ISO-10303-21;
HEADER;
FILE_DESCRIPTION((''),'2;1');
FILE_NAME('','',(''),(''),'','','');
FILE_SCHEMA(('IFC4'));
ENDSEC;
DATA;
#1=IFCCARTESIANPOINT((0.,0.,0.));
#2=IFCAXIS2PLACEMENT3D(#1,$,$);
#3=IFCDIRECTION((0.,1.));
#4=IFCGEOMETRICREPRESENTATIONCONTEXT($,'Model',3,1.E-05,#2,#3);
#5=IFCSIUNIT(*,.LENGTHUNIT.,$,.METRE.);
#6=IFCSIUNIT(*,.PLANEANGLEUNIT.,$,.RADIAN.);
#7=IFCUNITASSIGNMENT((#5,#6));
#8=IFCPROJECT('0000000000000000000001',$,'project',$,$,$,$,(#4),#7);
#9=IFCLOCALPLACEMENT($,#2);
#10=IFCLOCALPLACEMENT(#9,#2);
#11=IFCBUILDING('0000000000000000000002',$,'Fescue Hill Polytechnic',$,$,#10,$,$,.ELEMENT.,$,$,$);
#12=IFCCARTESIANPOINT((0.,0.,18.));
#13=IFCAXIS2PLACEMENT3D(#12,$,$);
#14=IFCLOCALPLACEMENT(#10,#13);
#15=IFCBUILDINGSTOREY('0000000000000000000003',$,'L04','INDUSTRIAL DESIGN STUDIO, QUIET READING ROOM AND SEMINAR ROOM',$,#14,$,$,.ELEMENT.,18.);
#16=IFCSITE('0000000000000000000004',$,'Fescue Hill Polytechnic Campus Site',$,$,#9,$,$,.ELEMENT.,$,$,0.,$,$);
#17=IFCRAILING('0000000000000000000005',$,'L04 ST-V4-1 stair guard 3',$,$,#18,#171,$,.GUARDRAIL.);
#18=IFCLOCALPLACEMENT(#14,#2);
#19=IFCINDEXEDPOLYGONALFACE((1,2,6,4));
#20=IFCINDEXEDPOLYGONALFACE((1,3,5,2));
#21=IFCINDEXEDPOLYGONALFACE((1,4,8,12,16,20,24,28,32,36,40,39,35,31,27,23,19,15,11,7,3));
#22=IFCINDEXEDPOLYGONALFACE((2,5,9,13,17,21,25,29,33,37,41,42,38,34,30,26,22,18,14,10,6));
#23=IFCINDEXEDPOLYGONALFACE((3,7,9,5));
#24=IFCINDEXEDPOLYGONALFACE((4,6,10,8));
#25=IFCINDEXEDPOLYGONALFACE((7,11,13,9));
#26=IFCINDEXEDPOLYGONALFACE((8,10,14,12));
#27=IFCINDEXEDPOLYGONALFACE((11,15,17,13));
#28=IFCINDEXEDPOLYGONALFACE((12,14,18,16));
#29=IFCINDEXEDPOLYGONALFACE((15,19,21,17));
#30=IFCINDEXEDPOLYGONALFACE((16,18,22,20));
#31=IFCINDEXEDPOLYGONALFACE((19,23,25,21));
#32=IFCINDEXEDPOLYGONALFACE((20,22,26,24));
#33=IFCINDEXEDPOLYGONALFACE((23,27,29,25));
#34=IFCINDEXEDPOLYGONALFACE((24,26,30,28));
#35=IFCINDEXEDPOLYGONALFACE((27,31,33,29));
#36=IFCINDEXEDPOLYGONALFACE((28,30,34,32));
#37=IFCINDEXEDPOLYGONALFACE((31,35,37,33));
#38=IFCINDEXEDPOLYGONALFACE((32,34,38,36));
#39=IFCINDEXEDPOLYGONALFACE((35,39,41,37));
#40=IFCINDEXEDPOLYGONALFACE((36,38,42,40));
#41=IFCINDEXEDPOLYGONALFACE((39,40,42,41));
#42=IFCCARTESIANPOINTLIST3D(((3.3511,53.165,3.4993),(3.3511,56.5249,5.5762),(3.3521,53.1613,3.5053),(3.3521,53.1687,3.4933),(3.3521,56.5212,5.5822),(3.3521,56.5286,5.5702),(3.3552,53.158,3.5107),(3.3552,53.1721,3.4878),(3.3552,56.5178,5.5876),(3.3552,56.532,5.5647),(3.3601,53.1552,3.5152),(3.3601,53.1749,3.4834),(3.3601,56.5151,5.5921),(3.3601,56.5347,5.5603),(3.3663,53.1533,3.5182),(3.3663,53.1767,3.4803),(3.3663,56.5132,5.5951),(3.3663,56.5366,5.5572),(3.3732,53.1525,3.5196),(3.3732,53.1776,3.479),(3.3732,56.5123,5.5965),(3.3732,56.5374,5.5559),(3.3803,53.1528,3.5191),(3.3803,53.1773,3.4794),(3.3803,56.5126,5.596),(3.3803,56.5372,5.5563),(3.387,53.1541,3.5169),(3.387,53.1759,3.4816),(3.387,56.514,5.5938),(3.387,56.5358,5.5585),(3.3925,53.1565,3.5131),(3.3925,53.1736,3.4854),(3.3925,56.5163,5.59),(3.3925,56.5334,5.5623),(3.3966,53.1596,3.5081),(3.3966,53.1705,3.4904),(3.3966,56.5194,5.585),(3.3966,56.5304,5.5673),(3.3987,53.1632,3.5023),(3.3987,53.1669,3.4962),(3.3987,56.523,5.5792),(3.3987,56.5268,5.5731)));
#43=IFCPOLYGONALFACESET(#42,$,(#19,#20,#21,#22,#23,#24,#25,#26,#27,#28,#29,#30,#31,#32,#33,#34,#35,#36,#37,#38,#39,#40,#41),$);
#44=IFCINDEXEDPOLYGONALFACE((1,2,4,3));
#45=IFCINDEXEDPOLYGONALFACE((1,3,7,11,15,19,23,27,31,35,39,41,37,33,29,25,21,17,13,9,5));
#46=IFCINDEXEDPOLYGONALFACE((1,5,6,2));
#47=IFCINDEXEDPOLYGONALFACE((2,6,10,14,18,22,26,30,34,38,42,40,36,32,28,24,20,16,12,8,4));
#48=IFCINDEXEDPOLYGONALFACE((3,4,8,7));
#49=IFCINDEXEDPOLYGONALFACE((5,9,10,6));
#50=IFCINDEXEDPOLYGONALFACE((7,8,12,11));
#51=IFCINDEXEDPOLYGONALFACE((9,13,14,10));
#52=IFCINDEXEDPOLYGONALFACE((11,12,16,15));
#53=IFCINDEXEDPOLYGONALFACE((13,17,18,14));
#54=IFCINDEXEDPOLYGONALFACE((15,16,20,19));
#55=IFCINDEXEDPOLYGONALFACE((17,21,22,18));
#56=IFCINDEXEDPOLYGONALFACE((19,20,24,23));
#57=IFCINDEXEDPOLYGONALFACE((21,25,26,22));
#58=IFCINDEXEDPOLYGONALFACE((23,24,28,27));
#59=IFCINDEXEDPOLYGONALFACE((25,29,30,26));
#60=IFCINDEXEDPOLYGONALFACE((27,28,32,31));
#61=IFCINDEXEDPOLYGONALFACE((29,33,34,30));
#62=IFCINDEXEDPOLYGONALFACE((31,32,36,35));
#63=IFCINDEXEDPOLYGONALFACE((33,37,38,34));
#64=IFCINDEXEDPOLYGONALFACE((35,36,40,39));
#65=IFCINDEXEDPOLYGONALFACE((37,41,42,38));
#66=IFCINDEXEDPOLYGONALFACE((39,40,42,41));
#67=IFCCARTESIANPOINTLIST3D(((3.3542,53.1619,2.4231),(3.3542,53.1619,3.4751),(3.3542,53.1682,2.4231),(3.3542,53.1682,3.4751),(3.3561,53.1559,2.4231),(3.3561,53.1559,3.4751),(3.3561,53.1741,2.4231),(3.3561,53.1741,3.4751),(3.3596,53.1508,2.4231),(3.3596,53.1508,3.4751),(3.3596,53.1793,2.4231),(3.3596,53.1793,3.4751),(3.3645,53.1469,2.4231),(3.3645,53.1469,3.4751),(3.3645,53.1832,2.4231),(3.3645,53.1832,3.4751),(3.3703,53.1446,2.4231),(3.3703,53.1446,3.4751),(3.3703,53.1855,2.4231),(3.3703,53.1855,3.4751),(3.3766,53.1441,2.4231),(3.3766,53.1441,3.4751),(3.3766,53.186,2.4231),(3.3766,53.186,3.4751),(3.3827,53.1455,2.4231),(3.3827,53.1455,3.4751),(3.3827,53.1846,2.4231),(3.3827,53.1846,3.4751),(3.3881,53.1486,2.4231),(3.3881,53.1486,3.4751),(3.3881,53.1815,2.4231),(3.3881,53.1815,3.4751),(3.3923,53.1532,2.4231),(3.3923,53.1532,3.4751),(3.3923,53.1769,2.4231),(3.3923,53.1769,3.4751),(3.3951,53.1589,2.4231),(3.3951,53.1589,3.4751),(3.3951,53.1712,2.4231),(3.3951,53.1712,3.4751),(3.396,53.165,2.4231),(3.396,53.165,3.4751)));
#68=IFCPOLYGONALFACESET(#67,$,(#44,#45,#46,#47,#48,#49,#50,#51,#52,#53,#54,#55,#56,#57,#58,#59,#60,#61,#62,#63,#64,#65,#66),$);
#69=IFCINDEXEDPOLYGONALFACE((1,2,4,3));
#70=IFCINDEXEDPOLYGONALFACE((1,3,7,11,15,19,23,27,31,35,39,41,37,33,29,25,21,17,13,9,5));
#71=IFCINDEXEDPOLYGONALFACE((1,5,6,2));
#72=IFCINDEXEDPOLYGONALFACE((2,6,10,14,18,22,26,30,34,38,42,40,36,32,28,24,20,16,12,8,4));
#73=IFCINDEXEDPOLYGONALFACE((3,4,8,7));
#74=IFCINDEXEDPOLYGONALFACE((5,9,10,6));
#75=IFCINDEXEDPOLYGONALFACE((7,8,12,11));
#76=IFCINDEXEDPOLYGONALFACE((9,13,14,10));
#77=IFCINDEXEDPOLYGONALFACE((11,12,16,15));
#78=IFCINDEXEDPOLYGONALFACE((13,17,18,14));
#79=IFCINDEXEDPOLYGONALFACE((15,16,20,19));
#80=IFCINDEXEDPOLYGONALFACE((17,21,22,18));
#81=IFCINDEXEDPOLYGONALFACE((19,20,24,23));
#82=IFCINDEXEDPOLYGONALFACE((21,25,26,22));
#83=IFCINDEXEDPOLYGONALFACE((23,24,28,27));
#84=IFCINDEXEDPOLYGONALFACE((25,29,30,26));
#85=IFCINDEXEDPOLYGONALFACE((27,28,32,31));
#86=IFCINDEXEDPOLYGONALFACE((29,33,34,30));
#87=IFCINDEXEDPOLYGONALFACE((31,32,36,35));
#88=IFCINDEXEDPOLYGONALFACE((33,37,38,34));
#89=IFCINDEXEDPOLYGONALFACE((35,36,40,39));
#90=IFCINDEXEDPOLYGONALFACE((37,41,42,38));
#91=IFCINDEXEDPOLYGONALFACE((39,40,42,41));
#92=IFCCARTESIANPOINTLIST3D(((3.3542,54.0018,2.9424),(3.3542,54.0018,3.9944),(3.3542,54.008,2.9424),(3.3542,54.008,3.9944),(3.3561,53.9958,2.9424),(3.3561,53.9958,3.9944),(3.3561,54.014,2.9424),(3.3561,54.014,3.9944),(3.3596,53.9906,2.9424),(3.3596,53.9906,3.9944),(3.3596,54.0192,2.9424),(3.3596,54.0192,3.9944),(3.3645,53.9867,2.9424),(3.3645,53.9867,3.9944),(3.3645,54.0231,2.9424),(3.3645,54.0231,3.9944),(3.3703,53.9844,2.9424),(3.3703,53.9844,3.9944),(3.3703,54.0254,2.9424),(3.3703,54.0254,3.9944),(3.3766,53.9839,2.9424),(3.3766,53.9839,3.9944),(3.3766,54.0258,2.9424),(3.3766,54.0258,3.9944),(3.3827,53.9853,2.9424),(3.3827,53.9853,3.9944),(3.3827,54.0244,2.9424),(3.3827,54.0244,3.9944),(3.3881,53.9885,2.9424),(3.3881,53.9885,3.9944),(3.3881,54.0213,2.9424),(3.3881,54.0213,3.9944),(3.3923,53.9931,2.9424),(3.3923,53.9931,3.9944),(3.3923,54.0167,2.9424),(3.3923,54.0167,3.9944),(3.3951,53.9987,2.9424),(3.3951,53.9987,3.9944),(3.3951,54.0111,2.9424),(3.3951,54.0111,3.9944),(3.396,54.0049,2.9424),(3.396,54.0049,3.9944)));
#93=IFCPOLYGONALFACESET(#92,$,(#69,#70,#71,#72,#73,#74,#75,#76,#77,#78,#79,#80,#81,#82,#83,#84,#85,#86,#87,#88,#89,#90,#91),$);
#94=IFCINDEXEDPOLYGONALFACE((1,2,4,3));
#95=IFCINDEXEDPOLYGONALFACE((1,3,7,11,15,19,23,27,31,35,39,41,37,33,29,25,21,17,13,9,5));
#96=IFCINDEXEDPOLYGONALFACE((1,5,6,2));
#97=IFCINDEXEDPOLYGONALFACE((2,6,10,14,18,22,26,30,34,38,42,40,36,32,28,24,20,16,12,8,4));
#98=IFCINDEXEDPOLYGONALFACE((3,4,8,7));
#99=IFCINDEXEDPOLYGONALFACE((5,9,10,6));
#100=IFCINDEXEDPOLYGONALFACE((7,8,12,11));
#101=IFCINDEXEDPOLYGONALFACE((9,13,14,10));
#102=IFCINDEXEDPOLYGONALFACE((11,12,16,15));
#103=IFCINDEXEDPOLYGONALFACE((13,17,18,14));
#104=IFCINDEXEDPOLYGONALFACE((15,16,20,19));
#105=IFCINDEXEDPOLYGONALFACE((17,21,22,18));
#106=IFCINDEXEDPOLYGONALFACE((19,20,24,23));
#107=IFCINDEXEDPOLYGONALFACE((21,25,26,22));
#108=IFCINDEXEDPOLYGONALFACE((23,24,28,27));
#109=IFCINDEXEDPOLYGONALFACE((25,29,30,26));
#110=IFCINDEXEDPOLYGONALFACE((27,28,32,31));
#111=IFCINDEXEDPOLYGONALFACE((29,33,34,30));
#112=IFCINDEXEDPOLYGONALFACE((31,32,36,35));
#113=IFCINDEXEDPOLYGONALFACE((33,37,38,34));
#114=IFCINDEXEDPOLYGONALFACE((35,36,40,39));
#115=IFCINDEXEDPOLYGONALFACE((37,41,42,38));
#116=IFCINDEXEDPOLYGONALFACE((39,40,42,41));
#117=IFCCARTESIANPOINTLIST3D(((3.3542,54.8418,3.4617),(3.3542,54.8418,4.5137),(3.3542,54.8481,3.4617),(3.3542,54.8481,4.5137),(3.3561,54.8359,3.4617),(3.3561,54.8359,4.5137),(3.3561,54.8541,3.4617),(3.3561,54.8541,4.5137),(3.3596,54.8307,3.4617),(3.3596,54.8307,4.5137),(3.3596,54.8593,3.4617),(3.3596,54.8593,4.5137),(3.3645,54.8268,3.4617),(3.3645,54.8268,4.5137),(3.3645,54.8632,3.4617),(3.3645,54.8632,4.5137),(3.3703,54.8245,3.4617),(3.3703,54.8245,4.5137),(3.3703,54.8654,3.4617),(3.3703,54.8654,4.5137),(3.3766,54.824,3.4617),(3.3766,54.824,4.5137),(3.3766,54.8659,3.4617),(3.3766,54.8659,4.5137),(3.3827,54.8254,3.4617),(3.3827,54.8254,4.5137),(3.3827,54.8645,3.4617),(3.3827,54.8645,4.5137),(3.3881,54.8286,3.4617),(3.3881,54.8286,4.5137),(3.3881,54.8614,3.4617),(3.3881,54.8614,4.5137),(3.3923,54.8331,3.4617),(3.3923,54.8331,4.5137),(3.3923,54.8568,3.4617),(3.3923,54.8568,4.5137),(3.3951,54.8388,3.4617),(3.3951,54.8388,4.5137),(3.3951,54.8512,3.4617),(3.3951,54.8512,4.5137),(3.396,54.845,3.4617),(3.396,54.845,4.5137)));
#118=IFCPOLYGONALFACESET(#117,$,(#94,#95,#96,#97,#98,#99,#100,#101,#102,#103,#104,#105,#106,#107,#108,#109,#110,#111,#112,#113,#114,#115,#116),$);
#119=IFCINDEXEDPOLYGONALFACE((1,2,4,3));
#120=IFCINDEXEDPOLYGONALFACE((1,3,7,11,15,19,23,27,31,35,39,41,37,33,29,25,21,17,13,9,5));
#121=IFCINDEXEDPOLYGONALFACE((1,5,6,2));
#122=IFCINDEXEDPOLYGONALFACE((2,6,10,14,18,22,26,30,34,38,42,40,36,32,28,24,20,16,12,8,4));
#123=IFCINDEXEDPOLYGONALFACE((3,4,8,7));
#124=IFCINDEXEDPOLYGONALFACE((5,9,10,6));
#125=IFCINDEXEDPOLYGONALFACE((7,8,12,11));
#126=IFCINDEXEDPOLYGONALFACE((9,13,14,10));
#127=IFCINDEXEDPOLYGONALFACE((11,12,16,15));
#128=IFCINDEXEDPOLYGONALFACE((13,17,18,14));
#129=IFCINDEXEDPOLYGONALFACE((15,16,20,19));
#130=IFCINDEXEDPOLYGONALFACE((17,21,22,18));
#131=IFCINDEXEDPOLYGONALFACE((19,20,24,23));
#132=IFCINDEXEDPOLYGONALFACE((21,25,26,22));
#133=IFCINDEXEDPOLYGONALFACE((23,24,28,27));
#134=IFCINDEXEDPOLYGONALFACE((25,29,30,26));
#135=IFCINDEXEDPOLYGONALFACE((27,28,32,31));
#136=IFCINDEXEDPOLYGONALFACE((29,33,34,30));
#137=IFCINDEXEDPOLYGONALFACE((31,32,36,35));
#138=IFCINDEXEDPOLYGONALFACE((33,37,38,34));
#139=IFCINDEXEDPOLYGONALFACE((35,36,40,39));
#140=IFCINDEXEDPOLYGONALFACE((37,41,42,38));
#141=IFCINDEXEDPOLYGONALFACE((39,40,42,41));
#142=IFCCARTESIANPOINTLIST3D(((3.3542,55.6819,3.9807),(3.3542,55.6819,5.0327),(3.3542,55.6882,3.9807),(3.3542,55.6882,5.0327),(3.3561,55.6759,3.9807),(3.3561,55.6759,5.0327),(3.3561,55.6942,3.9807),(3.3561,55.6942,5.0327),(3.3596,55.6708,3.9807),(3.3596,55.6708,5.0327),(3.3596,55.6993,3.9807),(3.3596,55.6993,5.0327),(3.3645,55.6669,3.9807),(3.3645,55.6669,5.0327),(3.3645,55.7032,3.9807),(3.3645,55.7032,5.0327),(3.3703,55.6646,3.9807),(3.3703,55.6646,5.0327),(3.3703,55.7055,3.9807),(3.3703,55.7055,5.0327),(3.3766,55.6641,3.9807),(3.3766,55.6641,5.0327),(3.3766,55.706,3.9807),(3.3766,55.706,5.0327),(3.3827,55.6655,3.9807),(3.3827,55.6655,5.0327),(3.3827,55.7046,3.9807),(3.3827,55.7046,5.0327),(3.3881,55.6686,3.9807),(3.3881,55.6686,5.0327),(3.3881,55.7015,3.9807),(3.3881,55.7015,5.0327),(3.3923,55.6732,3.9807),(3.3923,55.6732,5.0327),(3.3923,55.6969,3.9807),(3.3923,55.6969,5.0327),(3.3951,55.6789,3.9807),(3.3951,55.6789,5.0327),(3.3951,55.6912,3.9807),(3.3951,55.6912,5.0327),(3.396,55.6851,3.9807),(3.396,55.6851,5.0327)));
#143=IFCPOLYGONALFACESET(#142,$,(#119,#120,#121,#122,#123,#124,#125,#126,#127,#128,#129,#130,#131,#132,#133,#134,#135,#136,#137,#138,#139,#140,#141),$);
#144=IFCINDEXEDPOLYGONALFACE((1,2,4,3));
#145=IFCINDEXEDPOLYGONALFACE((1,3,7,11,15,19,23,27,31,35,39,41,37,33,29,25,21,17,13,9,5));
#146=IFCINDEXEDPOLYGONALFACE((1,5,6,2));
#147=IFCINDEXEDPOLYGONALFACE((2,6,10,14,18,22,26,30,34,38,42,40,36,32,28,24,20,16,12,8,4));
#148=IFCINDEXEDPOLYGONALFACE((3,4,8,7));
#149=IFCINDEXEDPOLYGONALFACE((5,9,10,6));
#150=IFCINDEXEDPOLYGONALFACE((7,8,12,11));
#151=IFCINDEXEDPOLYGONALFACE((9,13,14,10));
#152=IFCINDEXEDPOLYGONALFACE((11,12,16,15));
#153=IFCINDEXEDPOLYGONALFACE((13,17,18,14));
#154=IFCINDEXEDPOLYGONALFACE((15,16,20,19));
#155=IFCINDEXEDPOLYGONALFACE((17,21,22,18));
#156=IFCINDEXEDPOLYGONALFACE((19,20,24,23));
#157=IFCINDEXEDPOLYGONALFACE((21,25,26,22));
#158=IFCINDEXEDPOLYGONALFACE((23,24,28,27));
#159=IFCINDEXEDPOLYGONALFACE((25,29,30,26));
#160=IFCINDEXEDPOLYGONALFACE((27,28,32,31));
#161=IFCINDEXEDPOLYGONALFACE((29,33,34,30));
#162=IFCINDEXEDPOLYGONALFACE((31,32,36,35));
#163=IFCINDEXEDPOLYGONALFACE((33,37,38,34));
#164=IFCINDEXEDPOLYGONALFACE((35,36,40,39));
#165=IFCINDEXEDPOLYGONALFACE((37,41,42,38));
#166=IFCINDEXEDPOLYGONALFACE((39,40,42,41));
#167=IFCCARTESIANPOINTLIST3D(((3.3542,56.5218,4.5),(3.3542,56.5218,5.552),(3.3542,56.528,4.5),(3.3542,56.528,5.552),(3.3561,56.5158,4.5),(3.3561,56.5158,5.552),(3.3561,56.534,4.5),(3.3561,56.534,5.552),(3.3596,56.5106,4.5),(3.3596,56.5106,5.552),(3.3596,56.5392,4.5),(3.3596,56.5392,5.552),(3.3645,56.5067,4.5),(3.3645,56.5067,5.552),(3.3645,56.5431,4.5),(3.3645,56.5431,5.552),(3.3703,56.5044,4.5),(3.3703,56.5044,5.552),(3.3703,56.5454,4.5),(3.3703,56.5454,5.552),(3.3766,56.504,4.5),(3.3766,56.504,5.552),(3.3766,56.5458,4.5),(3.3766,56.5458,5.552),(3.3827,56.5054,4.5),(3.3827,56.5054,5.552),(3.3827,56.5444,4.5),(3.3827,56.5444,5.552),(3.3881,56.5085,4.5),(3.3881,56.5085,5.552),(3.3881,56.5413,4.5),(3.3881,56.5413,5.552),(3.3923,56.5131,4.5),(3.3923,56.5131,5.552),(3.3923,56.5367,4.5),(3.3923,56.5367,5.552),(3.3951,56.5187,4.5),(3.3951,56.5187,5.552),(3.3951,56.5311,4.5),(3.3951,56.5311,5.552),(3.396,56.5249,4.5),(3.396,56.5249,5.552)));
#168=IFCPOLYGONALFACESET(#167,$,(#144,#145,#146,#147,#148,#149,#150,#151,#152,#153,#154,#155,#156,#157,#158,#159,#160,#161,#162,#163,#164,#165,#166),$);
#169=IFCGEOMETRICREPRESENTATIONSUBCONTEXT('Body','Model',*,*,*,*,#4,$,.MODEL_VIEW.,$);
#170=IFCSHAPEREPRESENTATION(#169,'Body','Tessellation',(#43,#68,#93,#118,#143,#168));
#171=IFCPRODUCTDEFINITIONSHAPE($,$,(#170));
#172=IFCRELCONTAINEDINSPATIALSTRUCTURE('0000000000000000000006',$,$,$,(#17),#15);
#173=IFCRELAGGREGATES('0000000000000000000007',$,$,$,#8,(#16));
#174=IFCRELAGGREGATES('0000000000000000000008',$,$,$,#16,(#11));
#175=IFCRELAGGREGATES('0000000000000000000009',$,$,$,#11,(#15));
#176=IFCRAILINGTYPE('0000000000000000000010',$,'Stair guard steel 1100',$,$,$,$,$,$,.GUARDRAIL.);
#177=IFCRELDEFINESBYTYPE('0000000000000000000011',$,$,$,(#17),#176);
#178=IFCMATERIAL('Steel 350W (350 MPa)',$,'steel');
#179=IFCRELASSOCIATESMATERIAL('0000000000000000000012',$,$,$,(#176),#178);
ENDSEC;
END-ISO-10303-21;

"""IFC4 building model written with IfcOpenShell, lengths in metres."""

from ifc_helpers import new_model, si_unit, direction, frame, origin, origin_2d, place, context, subcontext, project, spatial, circle, extrude, material, type_object, element, save


model = new_model("IFC4")

# Units and contexts
model_context = context("Model", 3, precision=1e-05, world=origin(), true_north=direction((0.0, 1.0)))
body_context = subcontext(model_context, "Body", "Model", "MODEL_VIEW")
ifc_project = project(units=[si_unit("LENGTHUNIT", "METRE"), si_unit("PLANEANGLEUNIT", "RADIAN")], contexts=[model_context])

# Site, building, storey
site_placement = place(None, origin())
site = spatial("IfcSite", under=ifc_project, at=site_placement, Name="Fescue Hill Polytechnic Campus Site", CompositionType="ELEMENT", RefElevation=0.0)
building_placement = place(site_placement, origin())
building = spatial("IfcBuilding", under=site, at=building_placement, Name="Fescue Hill Polytechnic", CompositionType="ELEMENT")
storey_placement = place(building_placement, frame((0.0, 0.0, 18.0)))
storey = spatial("IfcBuildingStorey", under=building, at=storey_placement, Name="L04", Description="INDUSTRIAL DESIGN STUDIO, QUIET READING ROOM AND SEMINAR ROOM", CompositionType="ELEMENT", Elevation=18.0)

# Railing
ifc_material_1 = material(Name="Steel 350W (350 MPa)", Category="steel")
railing_type_1 = type_object("IfcRailingType", Name="Stair guard steel 1100", PredefinedType="GUARDRAIL", material=ifc_material_1)
railing_1_placement = place(storey_placement, frame((3.375, 53.165, 2.4231)))
element("IfcRailing", 1, at=railing_1_placement, inside=storey, type_object=railing_type_1, Name="L04 ST-V4-1 stair guard 3", PredefinedType="GUARDRAIL", context=body_context, shape_type="SweptSolid", body=[
    extrude(circle(Radius=0.0239, at=origin_2d()), frame((0.0, 0.0, 1.0762), z_axis=(0.0, 0.850606, 0.525803), x_axis=(-1.0, 0.0, 0.0)), (0.0, 0.0, 1.0), 3.95),
    extrude(circle(Radius=0.021, at=origin_2d()), origin(), (0.0, 0.0, 1.0), 1.052),
    extrude(circle(Radius=0.021, at=origin_2d()), frame((0.0, 0.8398, 0.5193)), (0.0, 0.0, 1.0), 1.052),
    extrude(circle(Radius=0.021, at=origin_2d()), frame((0.0, 1.6799, 1.0386)), (0.0, 0.0, 1.0), 1.052),
    extrude(circle(Radius=0.021, at=origin_2d()), frame((0.0, 2.52, 1.5576)), (0.0, 0.0, 1.0), 1.052),
    extrude(circle(Radius=0.021, at=origin_2d()), frame((0.0, 3.3599, 2.0769)), (0.0, 0.0, 1.0), 1.052),
])

save(model, "model.ifc")
